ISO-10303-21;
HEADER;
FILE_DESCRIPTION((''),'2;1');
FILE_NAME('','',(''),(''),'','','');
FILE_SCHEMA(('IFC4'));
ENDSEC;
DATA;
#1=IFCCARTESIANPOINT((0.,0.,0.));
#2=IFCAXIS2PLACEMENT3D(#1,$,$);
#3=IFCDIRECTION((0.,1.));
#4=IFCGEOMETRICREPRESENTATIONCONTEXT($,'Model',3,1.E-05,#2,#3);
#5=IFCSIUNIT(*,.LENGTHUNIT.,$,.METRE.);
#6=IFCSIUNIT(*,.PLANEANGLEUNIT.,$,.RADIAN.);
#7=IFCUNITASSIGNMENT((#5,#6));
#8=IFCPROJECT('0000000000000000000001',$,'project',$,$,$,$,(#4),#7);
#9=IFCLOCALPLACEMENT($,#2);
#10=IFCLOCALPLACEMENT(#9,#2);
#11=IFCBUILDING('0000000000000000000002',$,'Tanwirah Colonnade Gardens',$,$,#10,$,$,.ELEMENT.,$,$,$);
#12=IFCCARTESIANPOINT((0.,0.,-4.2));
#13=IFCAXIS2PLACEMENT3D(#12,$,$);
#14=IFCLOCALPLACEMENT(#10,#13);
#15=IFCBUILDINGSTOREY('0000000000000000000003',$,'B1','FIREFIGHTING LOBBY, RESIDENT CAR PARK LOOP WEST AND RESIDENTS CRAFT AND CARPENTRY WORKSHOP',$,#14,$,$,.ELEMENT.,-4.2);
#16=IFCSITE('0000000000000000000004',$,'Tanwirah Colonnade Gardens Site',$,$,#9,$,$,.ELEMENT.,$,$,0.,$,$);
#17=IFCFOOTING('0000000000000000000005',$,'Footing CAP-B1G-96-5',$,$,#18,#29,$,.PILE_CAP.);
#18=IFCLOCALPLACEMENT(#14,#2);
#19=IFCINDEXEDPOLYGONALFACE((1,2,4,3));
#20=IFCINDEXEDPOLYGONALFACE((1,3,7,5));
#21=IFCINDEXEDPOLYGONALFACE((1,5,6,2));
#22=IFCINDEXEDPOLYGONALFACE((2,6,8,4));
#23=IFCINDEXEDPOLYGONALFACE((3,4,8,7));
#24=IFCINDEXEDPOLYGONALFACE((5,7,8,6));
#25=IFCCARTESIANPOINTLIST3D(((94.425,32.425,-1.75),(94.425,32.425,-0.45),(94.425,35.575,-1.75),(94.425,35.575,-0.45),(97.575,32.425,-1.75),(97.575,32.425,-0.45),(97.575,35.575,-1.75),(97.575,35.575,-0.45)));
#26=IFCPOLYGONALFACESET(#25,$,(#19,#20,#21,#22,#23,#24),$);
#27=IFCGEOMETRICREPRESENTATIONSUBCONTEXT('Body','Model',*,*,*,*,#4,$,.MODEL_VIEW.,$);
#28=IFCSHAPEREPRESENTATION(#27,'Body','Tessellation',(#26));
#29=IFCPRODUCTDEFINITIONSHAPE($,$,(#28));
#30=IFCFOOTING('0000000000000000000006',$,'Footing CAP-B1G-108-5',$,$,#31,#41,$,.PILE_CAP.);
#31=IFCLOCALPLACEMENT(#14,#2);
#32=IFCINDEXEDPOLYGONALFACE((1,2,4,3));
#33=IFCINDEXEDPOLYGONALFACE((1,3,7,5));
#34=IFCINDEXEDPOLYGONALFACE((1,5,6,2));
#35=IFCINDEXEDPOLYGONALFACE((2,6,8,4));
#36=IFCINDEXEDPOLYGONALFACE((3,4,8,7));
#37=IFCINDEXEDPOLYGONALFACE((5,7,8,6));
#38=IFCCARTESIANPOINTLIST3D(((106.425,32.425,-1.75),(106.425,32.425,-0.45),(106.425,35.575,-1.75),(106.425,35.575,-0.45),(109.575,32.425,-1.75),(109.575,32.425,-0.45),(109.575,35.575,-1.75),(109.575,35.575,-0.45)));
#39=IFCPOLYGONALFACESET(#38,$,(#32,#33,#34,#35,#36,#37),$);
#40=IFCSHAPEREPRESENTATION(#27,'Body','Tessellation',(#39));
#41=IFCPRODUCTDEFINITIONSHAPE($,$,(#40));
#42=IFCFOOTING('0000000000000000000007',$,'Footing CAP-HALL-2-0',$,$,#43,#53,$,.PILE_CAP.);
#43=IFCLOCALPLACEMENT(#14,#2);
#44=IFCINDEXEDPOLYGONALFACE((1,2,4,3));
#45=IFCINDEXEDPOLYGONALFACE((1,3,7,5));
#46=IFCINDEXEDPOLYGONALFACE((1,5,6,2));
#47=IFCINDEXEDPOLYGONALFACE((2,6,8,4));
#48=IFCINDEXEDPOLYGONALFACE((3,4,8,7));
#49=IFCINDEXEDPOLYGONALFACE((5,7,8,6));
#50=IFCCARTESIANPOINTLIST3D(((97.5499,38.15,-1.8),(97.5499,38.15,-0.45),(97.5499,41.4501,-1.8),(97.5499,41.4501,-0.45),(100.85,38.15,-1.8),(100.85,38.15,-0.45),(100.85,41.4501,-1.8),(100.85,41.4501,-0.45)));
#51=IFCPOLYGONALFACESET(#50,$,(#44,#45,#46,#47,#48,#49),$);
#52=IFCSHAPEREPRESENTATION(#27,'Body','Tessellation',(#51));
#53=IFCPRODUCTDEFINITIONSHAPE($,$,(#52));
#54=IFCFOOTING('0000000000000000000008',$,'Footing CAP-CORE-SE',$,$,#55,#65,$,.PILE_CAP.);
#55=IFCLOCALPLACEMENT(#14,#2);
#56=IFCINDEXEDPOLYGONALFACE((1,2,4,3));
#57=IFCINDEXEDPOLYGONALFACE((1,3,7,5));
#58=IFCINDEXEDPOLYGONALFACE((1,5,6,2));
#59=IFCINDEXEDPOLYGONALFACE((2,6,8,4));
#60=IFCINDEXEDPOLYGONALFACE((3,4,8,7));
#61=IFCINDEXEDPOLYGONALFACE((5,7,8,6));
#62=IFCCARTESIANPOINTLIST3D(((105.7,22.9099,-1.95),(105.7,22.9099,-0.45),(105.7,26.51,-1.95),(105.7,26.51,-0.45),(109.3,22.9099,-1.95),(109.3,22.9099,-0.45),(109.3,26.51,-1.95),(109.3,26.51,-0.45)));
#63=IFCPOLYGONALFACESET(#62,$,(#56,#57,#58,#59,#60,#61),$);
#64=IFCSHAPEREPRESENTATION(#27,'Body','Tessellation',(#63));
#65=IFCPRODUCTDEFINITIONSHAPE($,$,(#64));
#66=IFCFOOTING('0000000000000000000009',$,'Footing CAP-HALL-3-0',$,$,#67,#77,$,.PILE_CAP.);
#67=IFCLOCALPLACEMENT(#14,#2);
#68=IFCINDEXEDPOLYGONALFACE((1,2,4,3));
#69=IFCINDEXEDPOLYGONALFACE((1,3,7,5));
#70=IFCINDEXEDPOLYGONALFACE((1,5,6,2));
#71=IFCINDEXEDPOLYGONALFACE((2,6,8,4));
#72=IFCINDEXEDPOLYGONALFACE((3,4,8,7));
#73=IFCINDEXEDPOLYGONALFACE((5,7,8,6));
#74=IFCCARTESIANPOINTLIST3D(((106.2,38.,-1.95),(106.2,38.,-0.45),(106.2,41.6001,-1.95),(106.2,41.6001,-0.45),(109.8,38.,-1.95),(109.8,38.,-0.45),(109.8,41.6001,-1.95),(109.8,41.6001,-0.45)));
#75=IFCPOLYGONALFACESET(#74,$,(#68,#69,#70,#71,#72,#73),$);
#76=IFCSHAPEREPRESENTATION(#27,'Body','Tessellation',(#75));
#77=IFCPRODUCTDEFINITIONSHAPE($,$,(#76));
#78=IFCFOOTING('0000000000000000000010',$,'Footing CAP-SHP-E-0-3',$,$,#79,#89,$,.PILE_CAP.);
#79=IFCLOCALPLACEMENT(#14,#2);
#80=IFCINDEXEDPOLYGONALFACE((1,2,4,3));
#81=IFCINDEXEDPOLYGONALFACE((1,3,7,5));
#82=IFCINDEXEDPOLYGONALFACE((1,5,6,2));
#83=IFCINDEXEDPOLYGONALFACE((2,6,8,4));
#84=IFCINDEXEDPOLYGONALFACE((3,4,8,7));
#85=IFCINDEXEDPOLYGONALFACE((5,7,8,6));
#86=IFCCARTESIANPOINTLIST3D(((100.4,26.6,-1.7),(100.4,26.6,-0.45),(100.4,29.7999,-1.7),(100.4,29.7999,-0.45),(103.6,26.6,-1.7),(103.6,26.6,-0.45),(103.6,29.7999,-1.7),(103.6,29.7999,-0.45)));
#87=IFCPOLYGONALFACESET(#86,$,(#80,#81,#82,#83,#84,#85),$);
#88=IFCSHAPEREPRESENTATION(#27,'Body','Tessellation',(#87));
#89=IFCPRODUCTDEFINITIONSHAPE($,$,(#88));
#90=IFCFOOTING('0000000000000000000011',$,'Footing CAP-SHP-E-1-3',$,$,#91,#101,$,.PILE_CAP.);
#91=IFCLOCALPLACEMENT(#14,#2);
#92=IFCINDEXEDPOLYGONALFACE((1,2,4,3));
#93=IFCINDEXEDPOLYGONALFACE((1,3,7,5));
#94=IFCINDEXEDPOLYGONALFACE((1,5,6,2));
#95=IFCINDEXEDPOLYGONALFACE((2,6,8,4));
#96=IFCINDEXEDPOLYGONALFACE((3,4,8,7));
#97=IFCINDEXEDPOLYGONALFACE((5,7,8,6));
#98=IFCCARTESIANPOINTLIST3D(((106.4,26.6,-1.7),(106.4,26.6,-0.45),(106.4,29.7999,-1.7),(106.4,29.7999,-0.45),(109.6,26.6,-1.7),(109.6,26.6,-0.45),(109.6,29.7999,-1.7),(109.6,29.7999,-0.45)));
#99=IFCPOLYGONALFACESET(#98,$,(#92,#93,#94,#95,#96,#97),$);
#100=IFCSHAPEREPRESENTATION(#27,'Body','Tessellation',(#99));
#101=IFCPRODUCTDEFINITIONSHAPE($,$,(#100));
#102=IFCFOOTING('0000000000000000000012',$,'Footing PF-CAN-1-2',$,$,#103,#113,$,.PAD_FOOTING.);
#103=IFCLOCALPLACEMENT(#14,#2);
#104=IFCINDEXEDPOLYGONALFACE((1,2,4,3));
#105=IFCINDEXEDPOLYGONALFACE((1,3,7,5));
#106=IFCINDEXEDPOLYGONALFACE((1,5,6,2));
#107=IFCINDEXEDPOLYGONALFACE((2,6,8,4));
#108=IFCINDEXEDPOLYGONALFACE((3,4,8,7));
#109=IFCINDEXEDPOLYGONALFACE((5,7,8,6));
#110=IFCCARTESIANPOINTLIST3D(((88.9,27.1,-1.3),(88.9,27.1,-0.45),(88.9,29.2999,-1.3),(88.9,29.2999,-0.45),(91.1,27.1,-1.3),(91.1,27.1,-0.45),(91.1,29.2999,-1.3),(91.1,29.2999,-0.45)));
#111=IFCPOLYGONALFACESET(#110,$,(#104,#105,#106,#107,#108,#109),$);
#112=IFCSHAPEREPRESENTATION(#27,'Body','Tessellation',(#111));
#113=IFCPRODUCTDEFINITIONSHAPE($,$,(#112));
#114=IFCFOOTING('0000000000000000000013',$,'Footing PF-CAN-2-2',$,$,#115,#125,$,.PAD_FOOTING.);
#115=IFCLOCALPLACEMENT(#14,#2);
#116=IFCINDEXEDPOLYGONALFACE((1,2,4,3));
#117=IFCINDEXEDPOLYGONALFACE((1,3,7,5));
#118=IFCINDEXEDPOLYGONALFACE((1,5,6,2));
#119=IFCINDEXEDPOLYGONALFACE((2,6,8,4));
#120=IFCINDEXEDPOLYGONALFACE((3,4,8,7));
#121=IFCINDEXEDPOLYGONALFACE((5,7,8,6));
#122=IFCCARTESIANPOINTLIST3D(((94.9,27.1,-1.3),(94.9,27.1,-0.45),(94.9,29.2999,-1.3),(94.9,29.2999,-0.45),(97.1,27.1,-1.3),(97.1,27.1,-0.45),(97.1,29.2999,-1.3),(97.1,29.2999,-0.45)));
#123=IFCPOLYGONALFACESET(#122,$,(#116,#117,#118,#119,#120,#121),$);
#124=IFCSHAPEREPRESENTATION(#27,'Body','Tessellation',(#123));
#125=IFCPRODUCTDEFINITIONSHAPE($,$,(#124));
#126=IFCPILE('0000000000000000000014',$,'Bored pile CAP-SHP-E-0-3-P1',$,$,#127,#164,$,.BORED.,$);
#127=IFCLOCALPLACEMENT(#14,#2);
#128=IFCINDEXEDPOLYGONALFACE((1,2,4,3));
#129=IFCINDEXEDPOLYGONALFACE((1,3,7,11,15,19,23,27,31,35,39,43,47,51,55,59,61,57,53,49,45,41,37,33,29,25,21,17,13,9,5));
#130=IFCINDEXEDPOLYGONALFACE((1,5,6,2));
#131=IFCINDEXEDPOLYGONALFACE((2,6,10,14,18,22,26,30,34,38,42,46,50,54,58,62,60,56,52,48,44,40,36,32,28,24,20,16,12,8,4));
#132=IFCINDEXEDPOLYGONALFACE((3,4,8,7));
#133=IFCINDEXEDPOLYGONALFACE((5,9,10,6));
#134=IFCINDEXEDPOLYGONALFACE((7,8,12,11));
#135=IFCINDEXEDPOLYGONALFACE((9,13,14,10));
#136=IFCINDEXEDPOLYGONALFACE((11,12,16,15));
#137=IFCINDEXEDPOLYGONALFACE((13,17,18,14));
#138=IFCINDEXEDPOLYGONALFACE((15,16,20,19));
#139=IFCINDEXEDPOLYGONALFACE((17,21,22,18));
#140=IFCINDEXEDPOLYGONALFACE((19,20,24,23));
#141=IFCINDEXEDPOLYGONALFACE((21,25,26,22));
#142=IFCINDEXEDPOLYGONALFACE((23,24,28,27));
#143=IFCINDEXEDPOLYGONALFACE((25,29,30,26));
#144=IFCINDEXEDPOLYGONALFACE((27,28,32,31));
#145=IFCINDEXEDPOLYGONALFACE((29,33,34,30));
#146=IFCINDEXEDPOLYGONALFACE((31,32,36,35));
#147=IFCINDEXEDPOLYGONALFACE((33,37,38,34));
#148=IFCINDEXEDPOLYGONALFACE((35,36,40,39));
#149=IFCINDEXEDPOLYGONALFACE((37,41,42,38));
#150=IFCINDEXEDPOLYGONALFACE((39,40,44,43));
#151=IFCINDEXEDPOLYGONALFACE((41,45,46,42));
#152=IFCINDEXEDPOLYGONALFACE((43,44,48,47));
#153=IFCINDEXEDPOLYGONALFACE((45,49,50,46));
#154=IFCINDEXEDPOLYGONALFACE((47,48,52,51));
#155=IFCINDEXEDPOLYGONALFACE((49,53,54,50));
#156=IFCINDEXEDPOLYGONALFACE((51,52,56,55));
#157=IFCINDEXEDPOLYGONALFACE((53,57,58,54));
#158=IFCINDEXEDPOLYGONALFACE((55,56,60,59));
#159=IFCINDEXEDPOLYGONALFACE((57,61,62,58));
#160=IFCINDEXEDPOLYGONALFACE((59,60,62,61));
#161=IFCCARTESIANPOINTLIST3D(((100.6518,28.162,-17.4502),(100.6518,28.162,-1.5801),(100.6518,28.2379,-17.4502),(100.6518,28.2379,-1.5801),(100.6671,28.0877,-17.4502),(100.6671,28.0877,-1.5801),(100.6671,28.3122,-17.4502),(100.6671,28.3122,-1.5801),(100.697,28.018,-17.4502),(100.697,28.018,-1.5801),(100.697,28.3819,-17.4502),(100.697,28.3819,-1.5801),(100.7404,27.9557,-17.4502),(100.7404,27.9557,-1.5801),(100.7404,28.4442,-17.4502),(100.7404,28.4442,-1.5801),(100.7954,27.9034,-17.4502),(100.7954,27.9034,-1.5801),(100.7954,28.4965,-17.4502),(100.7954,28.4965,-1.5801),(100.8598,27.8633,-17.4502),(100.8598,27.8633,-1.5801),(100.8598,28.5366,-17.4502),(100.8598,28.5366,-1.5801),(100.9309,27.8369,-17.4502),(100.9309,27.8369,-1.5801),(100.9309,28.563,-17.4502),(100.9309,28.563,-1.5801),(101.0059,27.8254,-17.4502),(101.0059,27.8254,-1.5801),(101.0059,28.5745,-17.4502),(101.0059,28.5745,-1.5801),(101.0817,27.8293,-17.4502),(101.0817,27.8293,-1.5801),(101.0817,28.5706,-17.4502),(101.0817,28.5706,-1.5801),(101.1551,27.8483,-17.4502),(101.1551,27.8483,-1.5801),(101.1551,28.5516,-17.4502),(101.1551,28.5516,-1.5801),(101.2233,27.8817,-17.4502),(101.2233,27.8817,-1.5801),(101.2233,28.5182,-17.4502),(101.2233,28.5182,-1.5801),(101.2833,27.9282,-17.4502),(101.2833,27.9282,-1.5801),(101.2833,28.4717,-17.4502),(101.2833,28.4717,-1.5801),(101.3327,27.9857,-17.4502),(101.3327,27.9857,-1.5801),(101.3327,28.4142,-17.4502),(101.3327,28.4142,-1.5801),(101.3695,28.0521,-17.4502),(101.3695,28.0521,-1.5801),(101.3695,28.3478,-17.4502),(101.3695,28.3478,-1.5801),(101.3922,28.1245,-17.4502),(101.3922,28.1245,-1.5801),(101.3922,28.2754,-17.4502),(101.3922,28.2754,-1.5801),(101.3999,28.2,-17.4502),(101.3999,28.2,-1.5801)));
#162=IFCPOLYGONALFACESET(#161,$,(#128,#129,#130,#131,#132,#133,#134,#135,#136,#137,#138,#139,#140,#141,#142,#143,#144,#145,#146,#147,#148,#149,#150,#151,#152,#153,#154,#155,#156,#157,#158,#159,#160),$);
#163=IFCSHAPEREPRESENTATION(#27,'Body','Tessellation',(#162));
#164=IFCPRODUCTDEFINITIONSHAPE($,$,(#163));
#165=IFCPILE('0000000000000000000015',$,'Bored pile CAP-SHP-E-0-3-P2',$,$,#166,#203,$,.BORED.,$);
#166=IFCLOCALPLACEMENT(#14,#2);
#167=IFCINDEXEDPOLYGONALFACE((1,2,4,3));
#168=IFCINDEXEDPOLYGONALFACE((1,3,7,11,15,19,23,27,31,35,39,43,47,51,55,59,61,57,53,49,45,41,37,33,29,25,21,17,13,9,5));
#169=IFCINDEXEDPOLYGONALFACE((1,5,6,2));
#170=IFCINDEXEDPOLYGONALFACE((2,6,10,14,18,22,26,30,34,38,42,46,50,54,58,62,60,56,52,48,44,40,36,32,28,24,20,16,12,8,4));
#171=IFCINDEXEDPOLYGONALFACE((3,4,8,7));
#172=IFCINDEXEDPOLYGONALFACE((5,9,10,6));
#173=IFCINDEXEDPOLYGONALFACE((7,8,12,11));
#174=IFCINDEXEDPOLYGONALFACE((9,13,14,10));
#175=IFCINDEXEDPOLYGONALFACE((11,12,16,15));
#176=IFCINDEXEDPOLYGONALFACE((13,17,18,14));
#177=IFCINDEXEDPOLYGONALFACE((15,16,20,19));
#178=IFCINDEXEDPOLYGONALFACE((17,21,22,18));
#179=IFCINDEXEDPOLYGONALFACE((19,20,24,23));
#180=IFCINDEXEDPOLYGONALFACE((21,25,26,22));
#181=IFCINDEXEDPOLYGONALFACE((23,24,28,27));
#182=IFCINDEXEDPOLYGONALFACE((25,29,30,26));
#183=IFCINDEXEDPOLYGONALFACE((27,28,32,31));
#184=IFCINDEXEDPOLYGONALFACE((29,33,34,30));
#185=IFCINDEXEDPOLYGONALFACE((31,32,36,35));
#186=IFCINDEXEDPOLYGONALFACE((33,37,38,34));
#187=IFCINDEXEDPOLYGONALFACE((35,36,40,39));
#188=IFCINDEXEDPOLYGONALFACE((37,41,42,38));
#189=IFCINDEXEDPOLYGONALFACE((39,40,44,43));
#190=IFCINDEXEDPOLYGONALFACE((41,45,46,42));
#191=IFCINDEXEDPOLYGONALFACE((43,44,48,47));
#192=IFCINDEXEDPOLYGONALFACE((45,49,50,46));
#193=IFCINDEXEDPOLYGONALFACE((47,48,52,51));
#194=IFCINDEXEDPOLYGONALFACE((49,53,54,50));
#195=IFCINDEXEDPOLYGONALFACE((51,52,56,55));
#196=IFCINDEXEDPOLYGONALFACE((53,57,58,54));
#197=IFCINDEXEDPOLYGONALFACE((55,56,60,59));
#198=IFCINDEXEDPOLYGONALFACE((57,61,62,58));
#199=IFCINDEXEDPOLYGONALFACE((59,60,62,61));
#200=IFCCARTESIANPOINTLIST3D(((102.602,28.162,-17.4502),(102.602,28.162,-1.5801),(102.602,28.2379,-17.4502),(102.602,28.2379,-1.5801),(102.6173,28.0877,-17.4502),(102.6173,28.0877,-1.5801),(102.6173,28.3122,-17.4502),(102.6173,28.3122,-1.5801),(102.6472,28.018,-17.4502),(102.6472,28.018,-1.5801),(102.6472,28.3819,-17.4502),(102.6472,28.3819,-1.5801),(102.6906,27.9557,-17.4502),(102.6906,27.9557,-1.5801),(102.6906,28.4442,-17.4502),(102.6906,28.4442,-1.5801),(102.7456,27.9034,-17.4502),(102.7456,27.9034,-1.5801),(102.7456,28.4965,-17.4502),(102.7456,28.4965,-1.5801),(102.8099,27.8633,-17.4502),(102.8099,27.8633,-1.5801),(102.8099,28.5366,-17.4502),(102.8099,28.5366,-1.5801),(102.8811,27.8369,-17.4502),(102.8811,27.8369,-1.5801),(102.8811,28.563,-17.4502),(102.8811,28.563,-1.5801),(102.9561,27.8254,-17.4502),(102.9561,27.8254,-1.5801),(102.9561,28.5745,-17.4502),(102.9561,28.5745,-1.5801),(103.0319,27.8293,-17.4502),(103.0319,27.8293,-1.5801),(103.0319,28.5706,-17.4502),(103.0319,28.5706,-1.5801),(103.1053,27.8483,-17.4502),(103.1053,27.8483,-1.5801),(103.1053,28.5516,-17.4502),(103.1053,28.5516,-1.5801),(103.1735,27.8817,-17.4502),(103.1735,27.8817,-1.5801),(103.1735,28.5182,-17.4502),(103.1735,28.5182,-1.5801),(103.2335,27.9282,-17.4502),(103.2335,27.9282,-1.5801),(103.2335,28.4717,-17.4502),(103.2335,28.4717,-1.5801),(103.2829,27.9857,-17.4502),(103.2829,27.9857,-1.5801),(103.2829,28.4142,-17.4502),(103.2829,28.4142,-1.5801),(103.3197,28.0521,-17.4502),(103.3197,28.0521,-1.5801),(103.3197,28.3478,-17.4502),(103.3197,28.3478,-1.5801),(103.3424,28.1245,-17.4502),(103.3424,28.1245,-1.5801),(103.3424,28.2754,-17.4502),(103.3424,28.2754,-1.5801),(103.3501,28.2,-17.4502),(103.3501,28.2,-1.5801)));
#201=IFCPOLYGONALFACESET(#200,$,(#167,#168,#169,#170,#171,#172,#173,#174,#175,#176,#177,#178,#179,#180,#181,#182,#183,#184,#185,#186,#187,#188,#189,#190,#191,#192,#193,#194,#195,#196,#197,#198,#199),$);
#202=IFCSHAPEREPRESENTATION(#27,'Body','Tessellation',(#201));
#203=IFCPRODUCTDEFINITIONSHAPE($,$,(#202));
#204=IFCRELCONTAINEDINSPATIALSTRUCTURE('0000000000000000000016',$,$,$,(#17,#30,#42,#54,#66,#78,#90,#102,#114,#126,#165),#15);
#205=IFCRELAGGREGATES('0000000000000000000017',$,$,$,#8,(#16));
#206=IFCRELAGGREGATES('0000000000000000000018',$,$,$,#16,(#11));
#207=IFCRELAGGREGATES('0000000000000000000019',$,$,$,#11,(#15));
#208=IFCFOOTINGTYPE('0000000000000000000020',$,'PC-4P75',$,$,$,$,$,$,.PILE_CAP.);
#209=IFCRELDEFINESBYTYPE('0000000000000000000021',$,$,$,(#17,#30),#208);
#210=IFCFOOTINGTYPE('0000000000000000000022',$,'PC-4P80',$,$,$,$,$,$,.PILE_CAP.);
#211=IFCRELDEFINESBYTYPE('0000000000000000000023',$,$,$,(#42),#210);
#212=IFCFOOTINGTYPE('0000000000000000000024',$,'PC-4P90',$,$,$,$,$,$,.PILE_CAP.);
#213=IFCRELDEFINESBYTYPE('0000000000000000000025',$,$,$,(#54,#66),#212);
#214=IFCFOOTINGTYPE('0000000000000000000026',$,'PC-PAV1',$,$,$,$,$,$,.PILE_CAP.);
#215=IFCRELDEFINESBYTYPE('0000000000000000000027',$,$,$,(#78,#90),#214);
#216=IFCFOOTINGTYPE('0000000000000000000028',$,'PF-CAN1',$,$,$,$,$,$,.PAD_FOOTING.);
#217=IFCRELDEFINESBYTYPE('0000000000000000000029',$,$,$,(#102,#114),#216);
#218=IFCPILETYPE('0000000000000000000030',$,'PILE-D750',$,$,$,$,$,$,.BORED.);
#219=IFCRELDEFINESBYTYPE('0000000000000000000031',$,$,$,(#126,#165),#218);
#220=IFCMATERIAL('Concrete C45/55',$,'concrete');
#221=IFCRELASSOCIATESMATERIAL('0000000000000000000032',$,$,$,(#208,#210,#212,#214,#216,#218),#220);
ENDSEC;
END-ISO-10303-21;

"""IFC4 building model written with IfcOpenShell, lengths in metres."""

from ifc_helpers import new_model, si_unit, direction, frame, origin, origin_2d, place, context, subcontext, project, spatial, rectangle, circle, extrude, material, material_profile, profile_set, type_object, element, save


model = new_model("IFC4")

# Units and contexts
model_context = context("Model", 3, precision=1e-05, world=origin(), true_north=direction((0.0, 1.0)))
body_context = subcontext(model_context, "Body", "Model", "MODEL_VIEW")
ifc_project = project(units=[si_unit("LENGTHUNIT", "METRE"), si_unit("PLANEANGLEUNIT", "RADIAN")], contexts=[model_context])

# Site, building, storey
site_placement = place(None, origin())
site = spatial("IfcSite", under=ifc_project, at=site_placement, Name="Tanwirah Colonnade Gardens Site", CompositionType="ELEMENT", RefElevation=0.0)
building_placement = place(site_placement, origin())
building = spatial("IfcBuilding", under=site, at=building_placement, Name="Tanwirah Colonnade Gardens", CompositionType="ELEMENT")
storey_placement = place(building_placement, frame((0.0, 0.0, -4.2)))
storey = spatial("IfcBuildingStorey", under=building, at=storey_placement, Name="B1", Description="FIREFIGHTING LOBBY, RESIDENT CAR PARK LOOP WEST AND RESIDENTS CRAFT AND CARPENTRY WORKSHOP", CompositionType="ELEMENT", Elevation=-4.2)

# Footings
ifc_material_1 = material(Name="Concrete C45/55", Category="concrete")
footing_type_1 = type_object("IfcFootingType", Name="PC-4P75", PredefinedType="PILE_CAP", material=ifc_material_1)
for number, where, z_axis, x_axis, name in (
    (1, (96.0, 34.0, -1.75), (0.0, 0.0, 1.0), (1.0, 0.0, 0.0), "Footing CAP-B1G-96-5"),
    (2, (108.0, 34.0, -1.75), (0.0, 0.0, 1.0), (1.0, 0.0, 0.0), "Footing CAP-B1G-108-5"),
):
    element("IfcFooting", number, at=place(storey_placement, frame(where, z_axis=z_axis, x_axis=x_axis)), inside=storey, type_object=footing_type_1, Name=name, PredefinedType="PILE_CAP", context=body_context, shape_type="SweptSolid", body=[
        extrude(rectangle(XDim=3.1499, YDim=3.1499, at=origin_2d()), origin(), (0.0, 0.0, 1.0), 1.3),
    ])
footing_type_2 = type_object("IfcFootingType", Name="PC-4P80", PredefinedType="PILE_CAP", material=ifc_material_1)
footing_placement = place(storey_placement, frame((99.2, 39.8, -1.8), z_axis=(0.0, 0.0, 1.0), x_axis=(1.0, 0.0, 0.0)))
element("IfcFooting", 3, at=footing_placement, inside=storey, type_object=footing_type_2, Name="Footing CAP-HALL-2-0", PredefinedType="PILE_CAP", context=body_context, shape_type="SweptSolid", body=[
    extrude(rectangle(XDim=3.3, YDim=3.3, at=origin_2d()), origin(), (0.0, 0.0, 1.0), 1.3501),
])
footing_type_3 = type_object("IfcFootingType", Name="PC-4P90", PredefinedType="PILE_CAP", material=ifc_material_1)
for number, where, z_axis, x_axis, name in (
    (4, (107.5, 24.71, -1.95), (0.0, 0.0, 1.0), (1.0, 0.0, 0.0), "Footing CAP-CORE-SE"),
    (5, (108.0, 39.8, -1.95), (0.0, 0.0, 1.0), (1.0, 0.0, 0.0), "Footing CAP-HALL-3-0"),
):
    element("IfcFooting", number, at=place(storey_placement, frame(where, z_axis=z_axis, x_axis=x_axis)), inside=storey, type_object=footing_type_3, Name=name, PredefinedType="PILE_CAP", context=body_context, shape_type="SweptSolid", body=[
        extrude(rectangle(XDim=3.6001, YDim=3.6001, at=origin_2d()), origin(), (0.0, 0.0, 1.0), 1.5),
    ])
footing_type_4 = type_object("IfcFootingType", Name="PC-PAV1", PredefinedType="PILE_CAP", material=ifc_material_1)
for number, where, z_axis, x_axis, name in (
    (6, (102.0, 28.2, -1.7), (0.0, 0.0, 1.0), (1.0, 0.0, 0.0), "Footing CAP-SHP-E-0-3"),
    (7, (108.0, 28.2, -1.7), (0.0, 0.0, 1.0), (1.0, 0.0, 0.0), "Footing CAP-SHP-E-1-3"),
):
    element("IfcFooting", number, at=place(storey_placement, frame(where, z_axis=z_axis, x_axis=x_axis)), inside=storey, type_object=footing_type_4, Name=name, PredefinedType="PILE_CAP", context=body_context, shape_type="SweptSolid", body=[
        extrude(rectangle(XDim=3.2, YDim=3.2, at=origin_2d()), origin(), (0.0, 0.0, 1.0), 1.25),
    ])
footing_type_5 = type_object("IfcFootingType", Name="PF-CAN1", PredefinedType="PAD_FOOTING", material=ifc_material_1)
for number, where, z_axis, x_axis, name in (
    (8, (90.0, 28.2, -1.3), (0.0, 0.0, 1.0), (1.0, 0.0, 0.0), "Footing PF-CAN-1-2"),
    (9, (96.0, 28.2, -1.3), (0.0, 0.0, 1.0), (1.0, 0.0, 0.0), "Footing PF-CAN-2-2"),
):
    element("IfcFooting", number, at=place(storey_placement, frame(where, z_axis=z_axis, x_axis=x_axis)), inside=storey, type_object=footing_type_5, Name=name, PredefinedType="PAD_FOOTING", context=body_context, shape_type="SweptSolid", body=[
        extrude(rectangle(XDim=2.2, YDim=2.2, at=origin_2d()), origin(), (0.0, 0.0, 1.0), 0.8501),
    ])

# Piles
ifc_material_profile_1 = material_profile(ifc_material_1, circle(Radius=0.375, at=origin_2d()), Name="PILE D750")
ifc_profile_set_1 = profile_set([ifc_material_profile_1], Name="Concrete C45/55")
pile_type_1 = type_object("IfcPileType", Name="PILE-D750", PredefinedType="BORED", material=ifc_profile_set_1)
for number, where, z_axis, x_axis, name in (
    (10, (101.0249, 28.2, -1.5801), (0.0, 0.0, -1.0), (1.0, 0.0, 0.0), "Bored pile CAP-SHP-E-0-3-P1"),
    (11, (102.9751, 28.2, -1.5801), (0.0, 0.0, -1.0), (1.0, 0.0, 0.0), "Bored pile CAP-SHP-E-0-3-P2"),
):
    element("IfcPile", number, at=place(storey_placement, frame(where, z_axis=z_axis, x_axis=x_axis)), inside=storey, type_object=pile_type_1, Name=name, PredefinedType="BORED", context=body_context, shape_type="SweptSolid", body=[
        extrude(circle(Radius=0.375, at=origin_2d()), origin(), (0.0, 0.0, 1.0), 15.8701),
    ])

save(model, "model.ifc")
